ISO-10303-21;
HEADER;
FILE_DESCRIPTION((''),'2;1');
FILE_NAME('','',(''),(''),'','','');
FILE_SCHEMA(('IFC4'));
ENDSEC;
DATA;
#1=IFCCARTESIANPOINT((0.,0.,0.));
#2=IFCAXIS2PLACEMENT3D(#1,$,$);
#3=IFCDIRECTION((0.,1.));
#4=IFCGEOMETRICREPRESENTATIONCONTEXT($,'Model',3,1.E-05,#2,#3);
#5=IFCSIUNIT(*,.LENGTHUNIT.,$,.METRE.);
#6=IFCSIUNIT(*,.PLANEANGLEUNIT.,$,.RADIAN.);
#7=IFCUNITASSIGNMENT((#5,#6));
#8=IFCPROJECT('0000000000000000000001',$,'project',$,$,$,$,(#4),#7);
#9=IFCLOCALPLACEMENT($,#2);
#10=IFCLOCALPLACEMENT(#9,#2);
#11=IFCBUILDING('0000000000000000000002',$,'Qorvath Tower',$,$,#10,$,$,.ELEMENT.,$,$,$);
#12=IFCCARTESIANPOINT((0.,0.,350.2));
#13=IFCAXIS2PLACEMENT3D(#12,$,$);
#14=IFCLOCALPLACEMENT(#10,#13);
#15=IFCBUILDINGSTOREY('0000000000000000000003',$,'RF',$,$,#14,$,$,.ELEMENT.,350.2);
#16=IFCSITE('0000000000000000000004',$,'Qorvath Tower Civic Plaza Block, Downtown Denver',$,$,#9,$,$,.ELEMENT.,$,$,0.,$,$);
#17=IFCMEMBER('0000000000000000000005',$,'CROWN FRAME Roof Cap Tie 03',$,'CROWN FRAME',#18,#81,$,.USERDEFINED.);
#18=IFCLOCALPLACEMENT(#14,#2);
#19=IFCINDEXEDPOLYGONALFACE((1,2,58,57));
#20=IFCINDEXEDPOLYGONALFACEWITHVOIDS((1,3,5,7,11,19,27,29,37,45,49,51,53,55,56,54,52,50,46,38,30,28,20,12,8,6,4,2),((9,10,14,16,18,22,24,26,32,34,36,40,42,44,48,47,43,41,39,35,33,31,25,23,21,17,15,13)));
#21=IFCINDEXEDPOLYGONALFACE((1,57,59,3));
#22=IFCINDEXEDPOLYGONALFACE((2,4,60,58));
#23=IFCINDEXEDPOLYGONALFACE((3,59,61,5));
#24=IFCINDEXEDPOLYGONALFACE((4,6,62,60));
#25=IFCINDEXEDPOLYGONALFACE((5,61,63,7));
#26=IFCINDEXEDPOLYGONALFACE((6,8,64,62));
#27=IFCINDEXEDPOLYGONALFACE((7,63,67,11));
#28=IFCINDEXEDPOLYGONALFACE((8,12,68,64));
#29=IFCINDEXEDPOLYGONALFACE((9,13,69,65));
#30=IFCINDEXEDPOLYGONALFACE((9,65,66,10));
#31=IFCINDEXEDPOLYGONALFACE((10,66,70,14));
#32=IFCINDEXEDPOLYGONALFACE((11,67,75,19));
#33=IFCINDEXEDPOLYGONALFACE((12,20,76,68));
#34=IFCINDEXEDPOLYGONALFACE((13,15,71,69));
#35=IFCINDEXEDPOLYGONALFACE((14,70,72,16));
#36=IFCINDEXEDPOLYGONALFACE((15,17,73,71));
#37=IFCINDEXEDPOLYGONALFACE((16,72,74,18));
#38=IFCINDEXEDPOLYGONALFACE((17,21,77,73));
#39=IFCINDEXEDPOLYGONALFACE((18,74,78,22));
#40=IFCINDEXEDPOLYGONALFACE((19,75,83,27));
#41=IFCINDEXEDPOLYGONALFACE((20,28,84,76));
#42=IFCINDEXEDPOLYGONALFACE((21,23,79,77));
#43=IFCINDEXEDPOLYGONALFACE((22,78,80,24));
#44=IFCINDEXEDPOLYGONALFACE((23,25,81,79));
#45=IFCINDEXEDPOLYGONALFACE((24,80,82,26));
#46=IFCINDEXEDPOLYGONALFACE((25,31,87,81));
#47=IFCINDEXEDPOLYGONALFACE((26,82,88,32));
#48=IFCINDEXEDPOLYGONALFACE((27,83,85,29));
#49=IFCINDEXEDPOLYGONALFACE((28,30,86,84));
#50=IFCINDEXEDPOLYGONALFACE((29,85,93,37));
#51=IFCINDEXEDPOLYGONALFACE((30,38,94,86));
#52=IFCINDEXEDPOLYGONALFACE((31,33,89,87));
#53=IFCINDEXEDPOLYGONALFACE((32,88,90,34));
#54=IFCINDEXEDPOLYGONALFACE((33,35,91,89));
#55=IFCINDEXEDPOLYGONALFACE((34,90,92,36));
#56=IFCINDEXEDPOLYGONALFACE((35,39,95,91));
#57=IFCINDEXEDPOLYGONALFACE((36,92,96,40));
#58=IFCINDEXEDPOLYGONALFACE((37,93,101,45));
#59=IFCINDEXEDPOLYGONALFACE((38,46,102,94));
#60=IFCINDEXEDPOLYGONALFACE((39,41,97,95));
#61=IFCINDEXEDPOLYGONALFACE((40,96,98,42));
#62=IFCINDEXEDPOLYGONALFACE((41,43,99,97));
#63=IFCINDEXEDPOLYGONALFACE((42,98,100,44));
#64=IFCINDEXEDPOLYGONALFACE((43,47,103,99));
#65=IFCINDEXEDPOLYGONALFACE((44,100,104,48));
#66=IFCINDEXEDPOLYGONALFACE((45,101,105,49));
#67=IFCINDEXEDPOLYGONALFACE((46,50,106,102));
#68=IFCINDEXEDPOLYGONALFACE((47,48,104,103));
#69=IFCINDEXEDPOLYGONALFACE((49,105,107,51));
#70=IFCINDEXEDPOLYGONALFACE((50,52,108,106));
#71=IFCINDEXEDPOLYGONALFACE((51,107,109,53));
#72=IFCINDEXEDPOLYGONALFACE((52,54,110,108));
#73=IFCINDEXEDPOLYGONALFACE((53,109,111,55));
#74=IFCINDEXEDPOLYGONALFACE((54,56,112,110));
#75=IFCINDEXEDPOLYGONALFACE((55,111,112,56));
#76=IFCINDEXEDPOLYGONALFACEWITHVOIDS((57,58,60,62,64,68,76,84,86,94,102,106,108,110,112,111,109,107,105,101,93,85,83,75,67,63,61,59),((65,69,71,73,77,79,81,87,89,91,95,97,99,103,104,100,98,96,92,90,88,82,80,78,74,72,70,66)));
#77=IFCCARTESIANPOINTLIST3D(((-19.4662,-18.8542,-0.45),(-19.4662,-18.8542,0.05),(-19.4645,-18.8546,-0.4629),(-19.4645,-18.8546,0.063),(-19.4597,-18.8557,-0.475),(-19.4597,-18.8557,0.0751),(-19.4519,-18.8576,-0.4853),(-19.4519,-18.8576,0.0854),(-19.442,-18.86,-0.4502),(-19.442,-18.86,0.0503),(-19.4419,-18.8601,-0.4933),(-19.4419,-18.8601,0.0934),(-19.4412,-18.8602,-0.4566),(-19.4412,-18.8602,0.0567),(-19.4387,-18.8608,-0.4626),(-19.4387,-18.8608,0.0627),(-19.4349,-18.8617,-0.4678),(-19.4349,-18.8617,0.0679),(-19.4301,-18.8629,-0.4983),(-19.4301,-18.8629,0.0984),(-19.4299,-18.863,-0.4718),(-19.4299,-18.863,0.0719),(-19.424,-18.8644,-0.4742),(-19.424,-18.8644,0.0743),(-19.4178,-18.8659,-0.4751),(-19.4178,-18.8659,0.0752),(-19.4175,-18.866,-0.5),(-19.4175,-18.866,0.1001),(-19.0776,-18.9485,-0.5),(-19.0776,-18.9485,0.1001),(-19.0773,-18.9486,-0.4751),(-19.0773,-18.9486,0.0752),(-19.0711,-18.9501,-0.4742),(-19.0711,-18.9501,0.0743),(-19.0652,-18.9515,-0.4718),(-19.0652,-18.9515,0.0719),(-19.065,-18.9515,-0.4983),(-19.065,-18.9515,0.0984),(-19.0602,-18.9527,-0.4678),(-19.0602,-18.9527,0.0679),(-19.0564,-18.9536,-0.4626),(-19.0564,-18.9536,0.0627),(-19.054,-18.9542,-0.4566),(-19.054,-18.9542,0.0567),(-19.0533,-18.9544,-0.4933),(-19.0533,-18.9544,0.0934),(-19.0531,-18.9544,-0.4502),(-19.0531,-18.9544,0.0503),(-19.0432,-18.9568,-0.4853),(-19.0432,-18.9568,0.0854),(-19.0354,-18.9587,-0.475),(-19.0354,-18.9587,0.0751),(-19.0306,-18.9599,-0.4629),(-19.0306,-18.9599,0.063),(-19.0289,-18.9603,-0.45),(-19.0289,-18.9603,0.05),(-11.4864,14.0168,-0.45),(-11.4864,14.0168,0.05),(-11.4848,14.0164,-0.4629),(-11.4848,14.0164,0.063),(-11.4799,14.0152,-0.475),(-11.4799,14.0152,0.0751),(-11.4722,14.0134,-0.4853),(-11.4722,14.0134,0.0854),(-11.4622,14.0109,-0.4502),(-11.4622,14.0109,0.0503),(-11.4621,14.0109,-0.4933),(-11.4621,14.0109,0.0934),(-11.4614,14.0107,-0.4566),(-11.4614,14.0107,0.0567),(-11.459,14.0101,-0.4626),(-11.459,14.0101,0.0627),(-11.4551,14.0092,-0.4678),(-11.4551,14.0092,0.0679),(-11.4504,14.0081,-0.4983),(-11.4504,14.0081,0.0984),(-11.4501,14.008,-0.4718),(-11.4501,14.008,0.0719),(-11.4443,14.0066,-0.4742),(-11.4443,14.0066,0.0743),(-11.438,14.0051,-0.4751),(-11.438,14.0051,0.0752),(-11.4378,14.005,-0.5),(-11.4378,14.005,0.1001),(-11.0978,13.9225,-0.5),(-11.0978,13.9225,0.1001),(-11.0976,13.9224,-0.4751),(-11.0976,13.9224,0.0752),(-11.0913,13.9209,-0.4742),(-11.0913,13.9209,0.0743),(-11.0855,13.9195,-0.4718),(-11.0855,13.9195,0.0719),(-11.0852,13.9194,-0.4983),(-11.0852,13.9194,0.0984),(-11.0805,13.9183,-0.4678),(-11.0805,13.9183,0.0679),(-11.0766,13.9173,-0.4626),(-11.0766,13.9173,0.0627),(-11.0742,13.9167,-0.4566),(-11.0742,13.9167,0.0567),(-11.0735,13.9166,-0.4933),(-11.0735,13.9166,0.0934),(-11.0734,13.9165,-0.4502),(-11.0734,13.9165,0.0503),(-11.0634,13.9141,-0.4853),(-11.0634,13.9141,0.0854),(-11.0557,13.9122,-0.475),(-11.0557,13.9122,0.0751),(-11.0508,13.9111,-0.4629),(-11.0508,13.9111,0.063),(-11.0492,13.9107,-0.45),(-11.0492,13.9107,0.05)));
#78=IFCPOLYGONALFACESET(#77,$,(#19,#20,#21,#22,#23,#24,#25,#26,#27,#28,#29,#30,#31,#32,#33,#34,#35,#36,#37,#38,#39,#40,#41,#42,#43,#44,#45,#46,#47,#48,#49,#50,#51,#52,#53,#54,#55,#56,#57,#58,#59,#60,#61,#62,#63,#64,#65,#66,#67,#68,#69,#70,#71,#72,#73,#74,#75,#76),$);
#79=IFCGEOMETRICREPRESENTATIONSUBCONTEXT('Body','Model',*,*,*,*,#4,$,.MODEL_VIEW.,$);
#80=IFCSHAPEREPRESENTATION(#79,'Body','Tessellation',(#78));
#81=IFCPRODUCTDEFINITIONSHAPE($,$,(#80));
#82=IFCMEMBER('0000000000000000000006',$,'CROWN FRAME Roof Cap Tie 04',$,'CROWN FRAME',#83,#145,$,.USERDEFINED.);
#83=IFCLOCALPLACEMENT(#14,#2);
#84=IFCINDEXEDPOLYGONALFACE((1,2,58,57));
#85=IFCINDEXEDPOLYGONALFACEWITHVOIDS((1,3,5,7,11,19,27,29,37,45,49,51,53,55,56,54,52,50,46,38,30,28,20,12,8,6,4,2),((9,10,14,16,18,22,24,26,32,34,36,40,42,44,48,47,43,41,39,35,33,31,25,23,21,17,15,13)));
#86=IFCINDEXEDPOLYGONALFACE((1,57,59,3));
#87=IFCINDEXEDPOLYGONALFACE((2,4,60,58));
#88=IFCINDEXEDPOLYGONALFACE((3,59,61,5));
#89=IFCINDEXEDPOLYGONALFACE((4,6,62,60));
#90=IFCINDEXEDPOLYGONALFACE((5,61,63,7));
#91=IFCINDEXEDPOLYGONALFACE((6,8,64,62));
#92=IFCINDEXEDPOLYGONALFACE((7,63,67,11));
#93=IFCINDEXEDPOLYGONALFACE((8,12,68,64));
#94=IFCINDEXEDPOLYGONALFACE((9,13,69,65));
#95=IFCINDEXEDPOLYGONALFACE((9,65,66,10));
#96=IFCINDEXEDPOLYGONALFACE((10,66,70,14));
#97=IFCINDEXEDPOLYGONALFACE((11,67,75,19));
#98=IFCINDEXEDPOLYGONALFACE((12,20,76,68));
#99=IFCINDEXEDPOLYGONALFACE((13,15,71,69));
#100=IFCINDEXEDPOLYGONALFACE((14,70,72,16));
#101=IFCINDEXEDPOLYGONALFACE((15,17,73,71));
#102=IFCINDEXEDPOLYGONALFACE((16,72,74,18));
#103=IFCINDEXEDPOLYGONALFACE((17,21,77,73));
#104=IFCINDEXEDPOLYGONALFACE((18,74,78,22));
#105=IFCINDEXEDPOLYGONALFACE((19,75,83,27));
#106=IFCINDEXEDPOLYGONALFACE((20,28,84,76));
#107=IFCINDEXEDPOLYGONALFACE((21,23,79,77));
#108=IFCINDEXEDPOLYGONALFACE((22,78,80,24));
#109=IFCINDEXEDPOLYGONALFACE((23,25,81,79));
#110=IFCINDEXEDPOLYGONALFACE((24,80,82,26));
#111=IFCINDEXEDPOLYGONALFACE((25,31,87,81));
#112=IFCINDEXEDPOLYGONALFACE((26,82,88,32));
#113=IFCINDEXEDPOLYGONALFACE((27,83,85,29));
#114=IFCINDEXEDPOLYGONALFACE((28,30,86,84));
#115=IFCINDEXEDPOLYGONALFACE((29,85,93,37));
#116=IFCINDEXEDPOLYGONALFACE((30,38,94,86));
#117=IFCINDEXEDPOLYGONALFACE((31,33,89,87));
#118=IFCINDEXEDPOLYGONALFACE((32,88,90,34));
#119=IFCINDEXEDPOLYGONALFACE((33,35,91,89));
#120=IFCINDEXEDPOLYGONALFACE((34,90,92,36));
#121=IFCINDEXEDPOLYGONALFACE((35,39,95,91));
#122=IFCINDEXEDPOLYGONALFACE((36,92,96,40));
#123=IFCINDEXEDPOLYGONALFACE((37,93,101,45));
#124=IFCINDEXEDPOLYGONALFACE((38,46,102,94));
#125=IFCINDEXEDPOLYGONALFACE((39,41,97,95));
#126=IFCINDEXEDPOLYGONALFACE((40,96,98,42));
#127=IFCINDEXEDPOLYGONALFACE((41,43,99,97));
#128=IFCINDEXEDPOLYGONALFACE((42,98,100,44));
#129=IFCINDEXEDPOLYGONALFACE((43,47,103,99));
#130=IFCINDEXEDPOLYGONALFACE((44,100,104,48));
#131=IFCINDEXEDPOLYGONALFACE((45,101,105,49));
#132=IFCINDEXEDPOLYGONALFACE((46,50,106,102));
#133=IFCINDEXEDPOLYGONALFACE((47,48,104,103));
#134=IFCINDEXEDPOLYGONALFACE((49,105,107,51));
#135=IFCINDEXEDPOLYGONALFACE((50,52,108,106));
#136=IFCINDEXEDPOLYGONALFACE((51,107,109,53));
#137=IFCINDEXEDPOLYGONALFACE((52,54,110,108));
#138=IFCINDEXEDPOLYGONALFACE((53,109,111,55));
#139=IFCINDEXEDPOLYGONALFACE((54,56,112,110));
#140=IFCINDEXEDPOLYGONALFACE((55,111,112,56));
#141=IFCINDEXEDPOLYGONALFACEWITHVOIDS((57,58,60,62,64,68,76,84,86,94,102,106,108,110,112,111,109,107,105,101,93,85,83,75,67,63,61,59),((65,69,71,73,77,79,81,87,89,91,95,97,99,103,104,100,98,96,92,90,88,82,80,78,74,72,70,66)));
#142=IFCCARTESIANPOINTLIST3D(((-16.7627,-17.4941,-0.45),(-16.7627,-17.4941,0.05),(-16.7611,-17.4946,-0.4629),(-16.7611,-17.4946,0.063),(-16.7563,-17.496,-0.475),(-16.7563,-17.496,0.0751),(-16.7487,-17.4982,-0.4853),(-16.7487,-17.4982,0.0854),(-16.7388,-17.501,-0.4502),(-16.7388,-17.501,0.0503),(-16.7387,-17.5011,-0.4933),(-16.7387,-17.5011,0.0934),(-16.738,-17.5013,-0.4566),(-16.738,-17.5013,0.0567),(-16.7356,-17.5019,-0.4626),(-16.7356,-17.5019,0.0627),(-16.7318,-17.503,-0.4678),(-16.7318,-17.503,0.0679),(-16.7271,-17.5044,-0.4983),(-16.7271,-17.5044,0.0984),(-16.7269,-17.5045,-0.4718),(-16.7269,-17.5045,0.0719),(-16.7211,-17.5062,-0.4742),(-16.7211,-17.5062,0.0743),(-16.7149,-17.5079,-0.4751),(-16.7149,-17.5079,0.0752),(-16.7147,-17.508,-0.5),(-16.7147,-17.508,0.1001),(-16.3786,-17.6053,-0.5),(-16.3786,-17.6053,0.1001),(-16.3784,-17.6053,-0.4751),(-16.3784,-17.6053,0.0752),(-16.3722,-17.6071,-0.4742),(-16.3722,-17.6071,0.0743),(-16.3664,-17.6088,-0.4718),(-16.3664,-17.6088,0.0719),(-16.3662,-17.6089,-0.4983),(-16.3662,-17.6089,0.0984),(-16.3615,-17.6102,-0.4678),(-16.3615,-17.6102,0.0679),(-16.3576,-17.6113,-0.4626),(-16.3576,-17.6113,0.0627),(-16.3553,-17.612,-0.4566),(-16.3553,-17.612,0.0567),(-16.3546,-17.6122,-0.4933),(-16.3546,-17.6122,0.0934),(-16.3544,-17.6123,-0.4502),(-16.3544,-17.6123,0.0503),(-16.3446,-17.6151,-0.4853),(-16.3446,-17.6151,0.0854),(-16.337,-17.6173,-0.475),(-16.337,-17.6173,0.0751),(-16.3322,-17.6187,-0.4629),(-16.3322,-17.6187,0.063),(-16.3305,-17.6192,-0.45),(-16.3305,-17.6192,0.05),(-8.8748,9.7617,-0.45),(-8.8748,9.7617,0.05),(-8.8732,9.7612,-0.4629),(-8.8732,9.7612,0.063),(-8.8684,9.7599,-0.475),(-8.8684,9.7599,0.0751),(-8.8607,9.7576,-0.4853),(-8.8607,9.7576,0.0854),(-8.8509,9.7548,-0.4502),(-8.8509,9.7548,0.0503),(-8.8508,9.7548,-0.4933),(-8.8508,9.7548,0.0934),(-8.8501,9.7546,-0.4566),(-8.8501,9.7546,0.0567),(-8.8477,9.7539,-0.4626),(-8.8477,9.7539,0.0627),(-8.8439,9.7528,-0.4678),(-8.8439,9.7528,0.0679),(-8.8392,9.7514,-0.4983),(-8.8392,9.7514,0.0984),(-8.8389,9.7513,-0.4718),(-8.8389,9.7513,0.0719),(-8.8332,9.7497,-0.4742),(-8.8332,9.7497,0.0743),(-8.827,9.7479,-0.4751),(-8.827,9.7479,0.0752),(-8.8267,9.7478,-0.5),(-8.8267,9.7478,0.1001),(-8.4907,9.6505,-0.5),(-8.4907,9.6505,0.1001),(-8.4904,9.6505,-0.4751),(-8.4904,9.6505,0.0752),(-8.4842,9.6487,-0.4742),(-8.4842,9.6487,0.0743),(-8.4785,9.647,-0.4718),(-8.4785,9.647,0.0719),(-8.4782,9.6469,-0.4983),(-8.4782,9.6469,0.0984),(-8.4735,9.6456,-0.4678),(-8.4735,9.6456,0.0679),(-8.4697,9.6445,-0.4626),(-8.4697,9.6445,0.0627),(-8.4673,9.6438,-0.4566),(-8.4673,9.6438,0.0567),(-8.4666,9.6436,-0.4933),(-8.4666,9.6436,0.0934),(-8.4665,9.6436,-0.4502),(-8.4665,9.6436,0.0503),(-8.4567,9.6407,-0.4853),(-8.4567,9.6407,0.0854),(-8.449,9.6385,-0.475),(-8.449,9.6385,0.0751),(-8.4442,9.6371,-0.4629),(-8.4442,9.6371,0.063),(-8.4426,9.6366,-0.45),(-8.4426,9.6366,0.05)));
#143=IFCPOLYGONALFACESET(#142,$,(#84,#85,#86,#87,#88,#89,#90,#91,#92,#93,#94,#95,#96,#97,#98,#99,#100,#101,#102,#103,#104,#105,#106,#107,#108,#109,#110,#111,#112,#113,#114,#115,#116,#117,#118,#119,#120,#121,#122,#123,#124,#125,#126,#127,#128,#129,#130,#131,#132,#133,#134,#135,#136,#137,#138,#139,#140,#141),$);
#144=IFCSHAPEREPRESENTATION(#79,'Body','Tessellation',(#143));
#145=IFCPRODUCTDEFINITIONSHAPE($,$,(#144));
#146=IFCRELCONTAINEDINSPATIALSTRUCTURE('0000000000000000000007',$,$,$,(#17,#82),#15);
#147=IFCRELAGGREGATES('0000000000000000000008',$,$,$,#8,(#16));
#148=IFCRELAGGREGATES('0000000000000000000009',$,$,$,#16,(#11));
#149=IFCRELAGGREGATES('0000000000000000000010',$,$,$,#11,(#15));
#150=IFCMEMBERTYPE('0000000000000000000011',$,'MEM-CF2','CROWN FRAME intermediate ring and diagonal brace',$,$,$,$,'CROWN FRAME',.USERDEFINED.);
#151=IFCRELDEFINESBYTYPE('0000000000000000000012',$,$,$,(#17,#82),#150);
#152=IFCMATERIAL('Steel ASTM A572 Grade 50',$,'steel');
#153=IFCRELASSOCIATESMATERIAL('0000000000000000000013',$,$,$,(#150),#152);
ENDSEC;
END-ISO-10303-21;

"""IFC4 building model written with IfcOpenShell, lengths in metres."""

from ifc_helpers import new_model, si_unit, direction, frame, origin, origin_2d, place, context, subcontext, project, spatial, hollow_rectangle, extrude, material, material_profile, profile_set, type_object, element, save


model = new_model("IFC4")

# Units and contexts
model_context = context("Model", 3, precision=1e-05, world=origin(), true_north=direction((0.0, 1.0)))
body_context = subcontext(model_context, "Body", "Model", "MODEL_VIEW")
ifc_project = project(units=[si_unit("LENGTHUNIT", "METRE"), si_unit("PLANEANGLEUNIT", "RADIAN")], contexts=[model_context])

# Site, building, storey
site_placement = place(None, origin())
site = spatial("IfcSite", under=ifc_project, at=site_placement, Name="Qorvath Tower Civic Plaza Block, Downtown Denver", CompositionType="ELEMENT", RefElevation=0.0)
building_placement = place(site_placement, origin())
building = spatial("IfcBuilding", under=site, at=building_placement, Name="Qorvath Tower", CompositionType="ELEMENT")
storey_placement = place(building_placement, frame((0.0, 0.0, 350.2)))
storey = spatial("IfcBuildingStorey", under=building, at=storey_placement, Name="RF", CompositionType="ELEMENT", Elevation=350.2)

# Members
ifc_material_1 = material(Name="Steel ASTM A572 Grade 50", Category="steel")
ifc_material_profile_1 = material_profile(ifc_material_1, hollow_rectangle(XDim=0.45, YDim=0.6001, WallThickness=0.0249, InnerFilletRadius=0.0249, OuterFilletRadius=0.05, at=origin_2d()), Name="CROWN BOX 600x450x25")
ifc_profile_set_1 = profile_set([ifc_material_profile_1], Name="Steel ASTM A572 Grade 50")
member_type_1 = type_object("IfcMemberType", Name="MEM-CF2", Description="CROWN FRAME intermediate ring and diagonal brace", ElementType="CROWN FRAME", PredefinedType="USERDEFINED", material=ifc_profile_set_1)
member_1_placement = place(storey_placement, frame((-19.2476, -18.9072, -0.2), z_axis=(0.235908, 0.971775, 0.0), x_axis=(-0.971775, 0.235908, 0.0)))
element("IfcMember", 1, at=member_1_placement, inside=storey, type_object=member_type_1, Name="CROWN FRAME Roof Cap Tie 03", ObjectType="CROWN FRAME", PredefinedType="USERDEFINED", context=body_context, shape_type="SweptSolid", body=[
    extrude(hollow_rectangle(XDim=0.45, YDim=0.6001, WallThickness=0.0249, InnerFilletRadius=0.0249, OuterFilletRadius=0.05, at=origin_2d()), origin(), (0.0, 0.0, 1.0), 33.8257),
])
member_2_placement = place(storey_placement, frame((-16.5466, -17.5566, -0.2), z_axis=(0.277996, 0.960582, 0.0), x_axis=(-0.960582, 0.277996, 0.0)))
element("IfcMember", 2, at=member_2_placement, inside=storey, type_object=member_type_1, Name="CROWN FRAME Roof Cap Tie 04", ObjectType="CROWN FRAME", PredefinedType="USERDEFINED", context=body_context, shape_type="SweptSolid", body=[
    extrude(hollow_rectangle(XDim=0.45, YDim=0.6001, WallThickness=0.0249, InnerFilletRadius=0.0249, OuterFilletRadius=0.05, at=origin_2d()), origin(), (0.0, 0.0, 1.0), 28.3743),
])

save(model, "model.ifc")
